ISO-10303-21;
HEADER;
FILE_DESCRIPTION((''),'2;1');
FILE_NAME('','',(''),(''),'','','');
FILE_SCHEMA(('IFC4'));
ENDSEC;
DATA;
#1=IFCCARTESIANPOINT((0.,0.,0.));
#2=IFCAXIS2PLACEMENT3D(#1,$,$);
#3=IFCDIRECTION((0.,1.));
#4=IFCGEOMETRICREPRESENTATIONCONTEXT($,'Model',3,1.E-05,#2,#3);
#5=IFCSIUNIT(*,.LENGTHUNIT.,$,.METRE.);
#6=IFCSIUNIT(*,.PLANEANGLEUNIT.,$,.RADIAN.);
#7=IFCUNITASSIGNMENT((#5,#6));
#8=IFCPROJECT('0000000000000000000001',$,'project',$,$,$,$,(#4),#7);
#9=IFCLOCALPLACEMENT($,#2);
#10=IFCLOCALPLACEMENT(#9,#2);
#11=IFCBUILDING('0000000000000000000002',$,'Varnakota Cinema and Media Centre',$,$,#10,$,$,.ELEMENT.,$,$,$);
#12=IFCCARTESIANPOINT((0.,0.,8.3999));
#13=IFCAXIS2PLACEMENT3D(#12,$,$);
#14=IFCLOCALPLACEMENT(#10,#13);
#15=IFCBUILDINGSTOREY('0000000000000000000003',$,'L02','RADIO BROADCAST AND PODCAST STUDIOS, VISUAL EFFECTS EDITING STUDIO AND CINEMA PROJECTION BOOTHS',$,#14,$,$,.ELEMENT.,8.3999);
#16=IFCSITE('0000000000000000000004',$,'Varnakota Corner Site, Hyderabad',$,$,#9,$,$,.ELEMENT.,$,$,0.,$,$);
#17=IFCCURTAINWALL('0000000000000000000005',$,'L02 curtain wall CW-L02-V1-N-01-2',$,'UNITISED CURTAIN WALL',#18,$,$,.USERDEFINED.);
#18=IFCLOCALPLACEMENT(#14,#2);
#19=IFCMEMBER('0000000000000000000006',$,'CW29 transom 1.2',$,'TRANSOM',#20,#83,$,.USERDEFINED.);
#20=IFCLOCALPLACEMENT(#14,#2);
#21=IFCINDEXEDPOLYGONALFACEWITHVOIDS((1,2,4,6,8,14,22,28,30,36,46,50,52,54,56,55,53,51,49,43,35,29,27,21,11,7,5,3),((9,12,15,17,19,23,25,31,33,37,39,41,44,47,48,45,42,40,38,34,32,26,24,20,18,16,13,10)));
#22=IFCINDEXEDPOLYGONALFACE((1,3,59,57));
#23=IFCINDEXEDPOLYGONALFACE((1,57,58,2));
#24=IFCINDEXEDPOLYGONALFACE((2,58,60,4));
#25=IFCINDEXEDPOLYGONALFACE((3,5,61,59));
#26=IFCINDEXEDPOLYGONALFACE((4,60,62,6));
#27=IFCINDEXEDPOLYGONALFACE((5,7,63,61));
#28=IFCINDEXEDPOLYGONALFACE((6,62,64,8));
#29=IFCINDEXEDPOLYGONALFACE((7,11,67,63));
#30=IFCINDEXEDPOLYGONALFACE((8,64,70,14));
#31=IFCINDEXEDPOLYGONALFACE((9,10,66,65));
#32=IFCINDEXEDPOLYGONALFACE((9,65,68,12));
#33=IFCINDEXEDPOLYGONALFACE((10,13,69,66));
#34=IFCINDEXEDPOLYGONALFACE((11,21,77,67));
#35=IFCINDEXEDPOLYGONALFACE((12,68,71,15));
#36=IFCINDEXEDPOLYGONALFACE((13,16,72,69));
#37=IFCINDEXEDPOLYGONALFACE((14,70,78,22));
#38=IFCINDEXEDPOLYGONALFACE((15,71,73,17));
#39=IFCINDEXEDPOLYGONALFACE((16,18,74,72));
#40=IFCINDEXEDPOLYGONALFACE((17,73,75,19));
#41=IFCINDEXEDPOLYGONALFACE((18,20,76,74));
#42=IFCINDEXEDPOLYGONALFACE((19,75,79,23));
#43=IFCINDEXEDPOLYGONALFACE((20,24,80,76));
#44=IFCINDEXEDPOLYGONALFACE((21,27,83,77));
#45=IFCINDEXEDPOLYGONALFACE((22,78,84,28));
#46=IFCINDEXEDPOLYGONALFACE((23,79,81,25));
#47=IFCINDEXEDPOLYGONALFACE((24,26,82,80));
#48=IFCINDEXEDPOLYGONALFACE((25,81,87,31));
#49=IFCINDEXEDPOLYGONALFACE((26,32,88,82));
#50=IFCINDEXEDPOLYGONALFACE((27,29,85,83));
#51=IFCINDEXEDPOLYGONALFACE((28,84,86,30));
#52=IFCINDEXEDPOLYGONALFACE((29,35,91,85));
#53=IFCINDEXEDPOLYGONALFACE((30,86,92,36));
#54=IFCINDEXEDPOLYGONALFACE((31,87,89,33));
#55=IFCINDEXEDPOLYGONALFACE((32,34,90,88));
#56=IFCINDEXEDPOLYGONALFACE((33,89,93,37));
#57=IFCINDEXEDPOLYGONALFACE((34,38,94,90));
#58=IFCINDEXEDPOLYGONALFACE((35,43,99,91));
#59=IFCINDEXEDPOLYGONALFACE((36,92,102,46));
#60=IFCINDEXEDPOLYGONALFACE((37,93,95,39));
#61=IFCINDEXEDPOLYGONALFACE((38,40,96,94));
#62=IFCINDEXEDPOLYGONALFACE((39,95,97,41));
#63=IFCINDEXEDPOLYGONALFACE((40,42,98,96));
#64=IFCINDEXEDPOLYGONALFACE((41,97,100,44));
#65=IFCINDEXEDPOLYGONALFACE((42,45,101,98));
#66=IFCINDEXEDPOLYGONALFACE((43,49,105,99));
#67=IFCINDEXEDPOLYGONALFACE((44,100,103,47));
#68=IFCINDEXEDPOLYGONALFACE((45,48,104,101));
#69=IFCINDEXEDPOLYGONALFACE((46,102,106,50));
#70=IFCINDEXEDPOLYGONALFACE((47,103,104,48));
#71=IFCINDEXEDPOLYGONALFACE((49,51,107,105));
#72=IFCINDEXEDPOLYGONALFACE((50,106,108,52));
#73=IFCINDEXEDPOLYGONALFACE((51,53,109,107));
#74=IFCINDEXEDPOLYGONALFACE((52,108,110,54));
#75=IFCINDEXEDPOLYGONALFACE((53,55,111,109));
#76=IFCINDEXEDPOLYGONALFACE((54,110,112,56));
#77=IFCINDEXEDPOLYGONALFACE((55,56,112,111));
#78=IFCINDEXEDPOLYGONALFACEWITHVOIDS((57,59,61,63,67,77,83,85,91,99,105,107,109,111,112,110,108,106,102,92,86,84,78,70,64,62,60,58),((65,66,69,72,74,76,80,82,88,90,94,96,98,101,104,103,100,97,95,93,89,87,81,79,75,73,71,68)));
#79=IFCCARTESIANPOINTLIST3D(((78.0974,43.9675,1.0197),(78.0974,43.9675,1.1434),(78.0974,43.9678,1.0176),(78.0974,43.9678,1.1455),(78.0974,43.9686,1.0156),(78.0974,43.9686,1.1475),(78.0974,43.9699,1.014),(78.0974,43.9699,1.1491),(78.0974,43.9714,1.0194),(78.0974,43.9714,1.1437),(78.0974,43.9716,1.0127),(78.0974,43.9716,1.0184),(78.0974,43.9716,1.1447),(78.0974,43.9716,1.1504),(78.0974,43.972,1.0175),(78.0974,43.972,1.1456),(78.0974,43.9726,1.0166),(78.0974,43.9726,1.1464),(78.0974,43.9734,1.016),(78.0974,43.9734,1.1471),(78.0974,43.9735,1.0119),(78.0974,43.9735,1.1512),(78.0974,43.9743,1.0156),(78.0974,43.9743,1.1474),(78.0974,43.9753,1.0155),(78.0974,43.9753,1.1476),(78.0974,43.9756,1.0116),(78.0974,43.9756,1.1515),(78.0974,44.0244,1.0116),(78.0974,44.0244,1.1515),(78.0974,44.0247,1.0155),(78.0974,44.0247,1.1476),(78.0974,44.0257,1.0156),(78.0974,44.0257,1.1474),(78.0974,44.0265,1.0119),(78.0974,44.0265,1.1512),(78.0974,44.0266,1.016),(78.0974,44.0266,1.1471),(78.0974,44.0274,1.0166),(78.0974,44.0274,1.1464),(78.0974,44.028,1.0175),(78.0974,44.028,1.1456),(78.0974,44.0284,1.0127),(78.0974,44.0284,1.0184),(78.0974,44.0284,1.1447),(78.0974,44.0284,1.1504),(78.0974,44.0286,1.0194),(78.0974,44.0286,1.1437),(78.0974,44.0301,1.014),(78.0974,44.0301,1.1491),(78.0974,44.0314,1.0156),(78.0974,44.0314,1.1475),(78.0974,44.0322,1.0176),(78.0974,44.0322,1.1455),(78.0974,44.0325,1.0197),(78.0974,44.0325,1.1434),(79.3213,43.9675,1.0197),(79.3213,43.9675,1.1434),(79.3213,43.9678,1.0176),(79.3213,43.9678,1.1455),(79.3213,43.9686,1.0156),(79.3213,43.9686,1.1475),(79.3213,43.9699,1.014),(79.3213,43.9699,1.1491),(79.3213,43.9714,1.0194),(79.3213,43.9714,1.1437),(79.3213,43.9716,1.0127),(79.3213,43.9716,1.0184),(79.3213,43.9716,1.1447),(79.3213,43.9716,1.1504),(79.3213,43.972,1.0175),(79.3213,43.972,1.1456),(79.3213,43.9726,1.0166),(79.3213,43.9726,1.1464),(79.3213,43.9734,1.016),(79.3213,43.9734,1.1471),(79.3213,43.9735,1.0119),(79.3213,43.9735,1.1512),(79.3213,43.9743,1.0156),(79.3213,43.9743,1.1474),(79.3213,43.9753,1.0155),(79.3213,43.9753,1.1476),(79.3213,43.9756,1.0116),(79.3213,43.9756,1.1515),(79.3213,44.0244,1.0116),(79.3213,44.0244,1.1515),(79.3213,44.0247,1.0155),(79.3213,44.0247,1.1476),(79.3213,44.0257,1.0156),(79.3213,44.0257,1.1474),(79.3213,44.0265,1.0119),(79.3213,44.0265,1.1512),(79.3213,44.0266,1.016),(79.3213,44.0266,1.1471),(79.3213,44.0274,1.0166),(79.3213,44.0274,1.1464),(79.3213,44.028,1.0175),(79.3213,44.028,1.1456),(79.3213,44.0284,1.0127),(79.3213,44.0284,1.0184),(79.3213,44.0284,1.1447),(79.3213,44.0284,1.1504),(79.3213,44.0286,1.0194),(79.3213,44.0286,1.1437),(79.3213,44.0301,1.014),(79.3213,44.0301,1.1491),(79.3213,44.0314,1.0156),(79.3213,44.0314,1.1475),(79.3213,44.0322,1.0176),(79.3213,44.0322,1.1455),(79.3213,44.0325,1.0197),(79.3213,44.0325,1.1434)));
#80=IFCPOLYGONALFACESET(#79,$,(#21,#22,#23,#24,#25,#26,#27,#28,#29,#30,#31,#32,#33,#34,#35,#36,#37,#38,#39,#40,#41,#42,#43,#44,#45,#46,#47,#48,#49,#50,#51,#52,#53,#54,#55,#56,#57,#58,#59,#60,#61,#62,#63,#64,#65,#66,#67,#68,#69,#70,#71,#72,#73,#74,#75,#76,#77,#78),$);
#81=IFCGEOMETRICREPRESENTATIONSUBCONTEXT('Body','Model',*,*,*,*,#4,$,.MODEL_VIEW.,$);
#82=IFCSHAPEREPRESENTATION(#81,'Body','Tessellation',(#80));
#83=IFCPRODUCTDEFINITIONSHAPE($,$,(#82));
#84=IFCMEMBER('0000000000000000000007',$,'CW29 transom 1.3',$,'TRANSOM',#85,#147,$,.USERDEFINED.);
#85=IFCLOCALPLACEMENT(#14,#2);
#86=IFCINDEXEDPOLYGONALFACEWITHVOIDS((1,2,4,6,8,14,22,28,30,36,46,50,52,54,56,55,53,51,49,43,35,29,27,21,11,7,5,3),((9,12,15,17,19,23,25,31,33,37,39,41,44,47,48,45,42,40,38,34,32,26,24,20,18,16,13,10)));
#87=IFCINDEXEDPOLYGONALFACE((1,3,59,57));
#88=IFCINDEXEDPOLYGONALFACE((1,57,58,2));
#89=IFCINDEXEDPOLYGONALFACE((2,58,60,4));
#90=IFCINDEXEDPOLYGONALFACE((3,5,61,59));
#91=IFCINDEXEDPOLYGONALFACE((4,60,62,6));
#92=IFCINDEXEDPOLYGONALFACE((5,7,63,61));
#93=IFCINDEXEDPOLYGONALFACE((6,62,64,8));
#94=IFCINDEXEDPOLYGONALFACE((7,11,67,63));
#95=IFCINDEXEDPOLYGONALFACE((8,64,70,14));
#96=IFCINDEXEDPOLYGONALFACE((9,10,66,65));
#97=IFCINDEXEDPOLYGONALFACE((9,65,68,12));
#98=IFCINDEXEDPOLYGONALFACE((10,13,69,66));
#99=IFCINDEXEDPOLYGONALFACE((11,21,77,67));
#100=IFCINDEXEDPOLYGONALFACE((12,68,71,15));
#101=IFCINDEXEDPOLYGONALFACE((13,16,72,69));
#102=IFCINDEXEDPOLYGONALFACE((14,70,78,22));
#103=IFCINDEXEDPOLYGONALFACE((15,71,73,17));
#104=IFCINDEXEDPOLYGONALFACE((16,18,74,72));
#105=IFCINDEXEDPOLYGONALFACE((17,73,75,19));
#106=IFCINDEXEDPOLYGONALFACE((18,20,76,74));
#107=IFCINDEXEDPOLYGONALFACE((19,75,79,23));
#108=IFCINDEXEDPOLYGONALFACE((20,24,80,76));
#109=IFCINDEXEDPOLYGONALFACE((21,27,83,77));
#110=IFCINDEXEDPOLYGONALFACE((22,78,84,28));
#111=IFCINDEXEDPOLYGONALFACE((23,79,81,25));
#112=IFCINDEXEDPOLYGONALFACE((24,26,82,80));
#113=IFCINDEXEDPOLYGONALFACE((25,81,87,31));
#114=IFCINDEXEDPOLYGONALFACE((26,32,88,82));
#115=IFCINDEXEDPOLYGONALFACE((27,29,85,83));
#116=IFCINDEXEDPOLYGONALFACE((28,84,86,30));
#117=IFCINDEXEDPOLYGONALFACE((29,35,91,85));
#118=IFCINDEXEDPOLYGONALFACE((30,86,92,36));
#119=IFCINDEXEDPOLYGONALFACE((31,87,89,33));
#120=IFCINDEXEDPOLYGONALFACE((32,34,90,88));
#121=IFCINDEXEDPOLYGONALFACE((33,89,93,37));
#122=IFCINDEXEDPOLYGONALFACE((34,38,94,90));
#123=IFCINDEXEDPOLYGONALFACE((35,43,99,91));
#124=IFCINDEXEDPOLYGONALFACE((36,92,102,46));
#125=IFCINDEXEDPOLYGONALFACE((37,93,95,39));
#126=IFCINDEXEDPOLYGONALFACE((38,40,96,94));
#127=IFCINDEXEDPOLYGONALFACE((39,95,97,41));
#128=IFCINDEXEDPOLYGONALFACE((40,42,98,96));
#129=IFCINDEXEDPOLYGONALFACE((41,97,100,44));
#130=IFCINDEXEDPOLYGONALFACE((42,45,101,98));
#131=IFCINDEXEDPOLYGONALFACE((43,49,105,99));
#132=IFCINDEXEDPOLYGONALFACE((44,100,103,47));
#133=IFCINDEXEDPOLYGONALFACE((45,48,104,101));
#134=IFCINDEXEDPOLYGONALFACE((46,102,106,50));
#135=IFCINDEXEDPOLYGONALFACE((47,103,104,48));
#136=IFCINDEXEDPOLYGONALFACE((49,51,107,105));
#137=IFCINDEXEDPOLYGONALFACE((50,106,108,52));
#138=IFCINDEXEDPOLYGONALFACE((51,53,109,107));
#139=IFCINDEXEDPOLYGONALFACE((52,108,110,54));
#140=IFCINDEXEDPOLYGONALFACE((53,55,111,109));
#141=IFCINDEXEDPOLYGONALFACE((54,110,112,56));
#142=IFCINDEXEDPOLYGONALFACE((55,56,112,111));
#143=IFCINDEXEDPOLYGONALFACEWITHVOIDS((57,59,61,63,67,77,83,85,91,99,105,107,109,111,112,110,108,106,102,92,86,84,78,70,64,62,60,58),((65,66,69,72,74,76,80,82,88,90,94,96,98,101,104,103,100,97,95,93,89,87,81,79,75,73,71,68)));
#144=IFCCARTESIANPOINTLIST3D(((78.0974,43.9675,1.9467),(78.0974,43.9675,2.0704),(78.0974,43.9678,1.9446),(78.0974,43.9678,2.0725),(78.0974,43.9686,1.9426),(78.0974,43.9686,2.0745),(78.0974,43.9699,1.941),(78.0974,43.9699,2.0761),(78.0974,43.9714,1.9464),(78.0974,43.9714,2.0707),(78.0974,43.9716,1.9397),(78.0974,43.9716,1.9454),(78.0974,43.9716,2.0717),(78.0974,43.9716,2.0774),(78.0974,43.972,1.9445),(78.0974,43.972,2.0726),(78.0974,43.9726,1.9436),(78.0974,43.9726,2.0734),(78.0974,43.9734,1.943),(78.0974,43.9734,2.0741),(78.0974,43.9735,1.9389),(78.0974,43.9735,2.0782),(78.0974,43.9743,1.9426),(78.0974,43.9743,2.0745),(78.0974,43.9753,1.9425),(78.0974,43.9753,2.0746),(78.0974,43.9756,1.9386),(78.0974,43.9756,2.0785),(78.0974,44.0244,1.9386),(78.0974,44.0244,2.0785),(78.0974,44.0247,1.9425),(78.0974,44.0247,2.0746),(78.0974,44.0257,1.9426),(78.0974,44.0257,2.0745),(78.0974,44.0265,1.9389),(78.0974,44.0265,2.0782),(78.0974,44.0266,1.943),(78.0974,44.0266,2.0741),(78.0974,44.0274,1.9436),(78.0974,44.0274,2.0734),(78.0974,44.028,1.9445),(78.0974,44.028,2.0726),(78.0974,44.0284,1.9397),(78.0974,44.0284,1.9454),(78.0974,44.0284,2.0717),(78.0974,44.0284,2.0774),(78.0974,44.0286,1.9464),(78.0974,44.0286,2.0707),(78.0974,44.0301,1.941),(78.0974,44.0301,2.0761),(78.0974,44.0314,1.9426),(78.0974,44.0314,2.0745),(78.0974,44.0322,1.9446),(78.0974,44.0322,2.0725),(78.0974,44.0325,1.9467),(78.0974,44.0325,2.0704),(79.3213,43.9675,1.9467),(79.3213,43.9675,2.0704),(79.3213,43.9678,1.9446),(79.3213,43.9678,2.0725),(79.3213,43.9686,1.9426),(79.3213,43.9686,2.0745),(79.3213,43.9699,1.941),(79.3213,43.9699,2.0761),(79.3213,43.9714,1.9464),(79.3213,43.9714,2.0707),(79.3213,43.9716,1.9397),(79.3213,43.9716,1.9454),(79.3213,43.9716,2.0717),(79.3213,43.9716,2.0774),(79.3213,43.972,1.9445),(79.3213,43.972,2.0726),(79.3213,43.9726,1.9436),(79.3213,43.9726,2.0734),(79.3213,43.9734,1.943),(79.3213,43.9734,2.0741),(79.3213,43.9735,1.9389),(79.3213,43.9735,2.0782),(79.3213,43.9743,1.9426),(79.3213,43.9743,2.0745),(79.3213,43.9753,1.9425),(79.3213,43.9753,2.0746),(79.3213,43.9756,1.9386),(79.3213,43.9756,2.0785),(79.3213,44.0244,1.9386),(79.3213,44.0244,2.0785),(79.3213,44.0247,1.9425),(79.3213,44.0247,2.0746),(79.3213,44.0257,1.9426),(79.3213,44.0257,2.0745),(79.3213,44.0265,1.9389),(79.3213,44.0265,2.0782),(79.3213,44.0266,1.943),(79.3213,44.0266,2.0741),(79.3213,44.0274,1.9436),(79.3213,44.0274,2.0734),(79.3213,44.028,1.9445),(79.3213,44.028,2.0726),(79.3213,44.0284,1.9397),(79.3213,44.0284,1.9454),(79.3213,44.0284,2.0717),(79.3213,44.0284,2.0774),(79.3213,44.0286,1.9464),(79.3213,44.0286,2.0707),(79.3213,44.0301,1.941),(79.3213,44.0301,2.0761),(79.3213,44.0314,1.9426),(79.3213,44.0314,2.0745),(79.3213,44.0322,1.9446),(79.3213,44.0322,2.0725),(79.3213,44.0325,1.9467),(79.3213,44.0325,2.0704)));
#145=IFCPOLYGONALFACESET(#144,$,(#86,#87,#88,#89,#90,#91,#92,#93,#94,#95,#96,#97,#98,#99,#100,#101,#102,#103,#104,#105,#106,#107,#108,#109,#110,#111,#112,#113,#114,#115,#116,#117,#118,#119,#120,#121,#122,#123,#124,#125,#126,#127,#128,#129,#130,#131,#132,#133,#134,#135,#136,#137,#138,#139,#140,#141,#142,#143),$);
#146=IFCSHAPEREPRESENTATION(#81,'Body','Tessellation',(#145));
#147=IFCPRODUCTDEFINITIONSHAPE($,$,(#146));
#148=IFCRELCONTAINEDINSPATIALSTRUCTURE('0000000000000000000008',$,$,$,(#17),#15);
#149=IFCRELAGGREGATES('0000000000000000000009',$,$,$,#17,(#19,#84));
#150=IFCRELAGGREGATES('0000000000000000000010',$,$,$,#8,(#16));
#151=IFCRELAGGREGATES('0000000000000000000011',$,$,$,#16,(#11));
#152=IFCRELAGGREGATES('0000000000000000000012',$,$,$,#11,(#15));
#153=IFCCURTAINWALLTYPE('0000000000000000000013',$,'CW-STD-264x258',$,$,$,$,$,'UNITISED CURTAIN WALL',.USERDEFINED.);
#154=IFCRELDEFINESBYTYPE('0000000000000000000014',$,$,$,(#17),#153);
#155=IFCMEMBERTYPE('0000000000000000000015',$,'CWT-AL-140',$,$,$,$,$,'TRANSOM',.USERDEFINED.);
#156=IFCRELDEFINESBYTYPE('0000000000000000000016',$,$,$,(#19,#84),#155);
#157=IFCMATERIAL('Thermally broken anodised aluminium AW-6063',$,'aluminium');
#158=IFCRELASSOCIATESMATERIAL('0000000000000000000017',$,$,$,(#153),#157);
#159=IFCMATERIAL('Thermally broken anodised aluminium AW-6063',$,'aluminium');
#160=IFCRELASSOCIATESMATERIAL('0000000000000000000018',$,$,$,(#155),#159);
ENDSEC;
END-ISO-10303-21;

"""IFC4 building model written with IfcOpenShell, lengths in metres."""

from ifc_helpers import new_model, si_unit, direction, frame, origin, origin_2d, place, context, subcontext, project, spatial, hollow_rectangle, extrude, material, material_profile, profile_set, type_object, element, aggregate, save


model = new_model("IFC4")

# Units and contexts
model_context = context("Model", 3, precision=1e-05, world=origin(), true_north=direction((0.0, 1.0)))
body_context = subcontext(model_context, "Body", "Model", "MODEL_VIEW")
ifc_project = project(units=[si_unit("LENGTHUNIT", "METRE"), si_unit("PLANEANGLEUNIT", "RADIAN")], contexts=[model_context])

# Site, building, storey
site_placement = place(None, origin())
site = spatial("IfcSite", under=ifc_project, at=site_placement, Name="Varnakota Corner Site, Hyderabad", CompositionType="ELEMENT", RefElevation=0.0)
building_placement = place(site_placement, origin())
building = spatial("IfcBuilding", under=site, at=building_placement, Name="Varnakota Cinema and Media Centre", CompositionType="ELEMENT")
storey_placement = place(building_placement, frame((0.0, 0.0, 8.3999)))
storey = spatial("IfcBuildingStorey", under=building, at=storey_placement, Name="L02", Description="RADIO BROADCAST AND PODCAST STUDIOS, VISUAL EFFECTS EDITING STUDIO AND CINEMA PROJECTION BOOTHS", CompositionType="ELEMENT", Elevation=8.3999)

# Shared definitions
ifc_material_1 = material(Name="Thermally broken anodised aluminium AW-6063", Category="aluminium")
curtain_wall_type = type_object("IfcCurtainWallType", Name="CW-STD-264x258", ElementType="UNITISED CURTAIN WALL", PredefinedType="USERDEFINED", material=ifc_material_1)

# Curtain wall
curtain_wall_1_placement = place(storey_placement, origin())
curtain_wall_1 = element("IfcCurtainWall", 1, at=curtain_wall_1_placement, inside=storey, type_object=curtain_wall_type, Name="L02 curtain wall CW-L02-V1-N-01-2", ObjectType="UNITISED CURTAIN WALL", PredefinedType="USERDEFINED")

# Members
ifc_material_2 = material(Name="Thermally broken anodised aluminium AW-6063", Category="aluminium")
ifc_material_profile_1 = material_profile(ifc_material_2, hollow_rectangle(XDim=0.0649, YDim=0.1399, WallThickness=0.0039, InnerFilletRadius=0.0039, OuterFilletRadius=0.0081, at=origin_2d()), Name="AL-TRANSOM 140x65x4")
ifc_profile_set_1 = profile_set([ifc_material_profile_1], Name="Thermally broken anodised aluminium AW-6063")
member_type_1 = type_object("IfcMemberType", Name="CWT-AL-140", ElementType="TRANSOM", PredefinedType="USERDEFINED", material=ifc_profile_set_1)
member_1_placement = place(storey_placement, frame((78.0974, 44.0, 1.0815), z_axis=(1.0, 0.0, 0.0), x_axis=(0.0, 1.0, 0.0)))
member_1 = element("IfcMember", 2, at=member_1_placement, type_object=member_type_1, Name="CW29 transom 1.2", ObjectType="TRANSOM", PredefinedType="USERDEFINED", context=body_context, shape_type="SweptSolid", body=[
    extrude(hollow_rectangle(XDim=0.0649, YDim=0.1399, WallThickness=0.0039, InnerFilletRadius=0.0039, OuterFilletRadius=0.0081, at=origin_2d()), origin(), (0.0, 0.0, 1.0), 1.2239),
])
member_2_placement = place(storey_placement, frame((78.0974, 44.0, 2.0085), z_axis=(1.0, 0.0, 0.0), x_axis=(0.0, 1.0, 0.0)))
member_2 = element("IfcMember", 3, at=member_2_placement, type_object=member_type_1, Name="CW29 transom 1.3", ObjectType="TRANSOM", PredefinedType="USERDEFINED", context=body_context, shape_type="SweptSolid", body=[
    extrude(hollow_rectangle(XDim=0.0649, YDim=0.1399, WallThickness=0.0039, InnerFilletRadius=0.0039, OuterFilletRadius=0.0081, at=origin_2d()), origin(), (0.0, 0.0, 1.0), 1.2239),
])

aggregate(curtain_wall_1, [member_1, member_2])

save(model, "model.ifc")
